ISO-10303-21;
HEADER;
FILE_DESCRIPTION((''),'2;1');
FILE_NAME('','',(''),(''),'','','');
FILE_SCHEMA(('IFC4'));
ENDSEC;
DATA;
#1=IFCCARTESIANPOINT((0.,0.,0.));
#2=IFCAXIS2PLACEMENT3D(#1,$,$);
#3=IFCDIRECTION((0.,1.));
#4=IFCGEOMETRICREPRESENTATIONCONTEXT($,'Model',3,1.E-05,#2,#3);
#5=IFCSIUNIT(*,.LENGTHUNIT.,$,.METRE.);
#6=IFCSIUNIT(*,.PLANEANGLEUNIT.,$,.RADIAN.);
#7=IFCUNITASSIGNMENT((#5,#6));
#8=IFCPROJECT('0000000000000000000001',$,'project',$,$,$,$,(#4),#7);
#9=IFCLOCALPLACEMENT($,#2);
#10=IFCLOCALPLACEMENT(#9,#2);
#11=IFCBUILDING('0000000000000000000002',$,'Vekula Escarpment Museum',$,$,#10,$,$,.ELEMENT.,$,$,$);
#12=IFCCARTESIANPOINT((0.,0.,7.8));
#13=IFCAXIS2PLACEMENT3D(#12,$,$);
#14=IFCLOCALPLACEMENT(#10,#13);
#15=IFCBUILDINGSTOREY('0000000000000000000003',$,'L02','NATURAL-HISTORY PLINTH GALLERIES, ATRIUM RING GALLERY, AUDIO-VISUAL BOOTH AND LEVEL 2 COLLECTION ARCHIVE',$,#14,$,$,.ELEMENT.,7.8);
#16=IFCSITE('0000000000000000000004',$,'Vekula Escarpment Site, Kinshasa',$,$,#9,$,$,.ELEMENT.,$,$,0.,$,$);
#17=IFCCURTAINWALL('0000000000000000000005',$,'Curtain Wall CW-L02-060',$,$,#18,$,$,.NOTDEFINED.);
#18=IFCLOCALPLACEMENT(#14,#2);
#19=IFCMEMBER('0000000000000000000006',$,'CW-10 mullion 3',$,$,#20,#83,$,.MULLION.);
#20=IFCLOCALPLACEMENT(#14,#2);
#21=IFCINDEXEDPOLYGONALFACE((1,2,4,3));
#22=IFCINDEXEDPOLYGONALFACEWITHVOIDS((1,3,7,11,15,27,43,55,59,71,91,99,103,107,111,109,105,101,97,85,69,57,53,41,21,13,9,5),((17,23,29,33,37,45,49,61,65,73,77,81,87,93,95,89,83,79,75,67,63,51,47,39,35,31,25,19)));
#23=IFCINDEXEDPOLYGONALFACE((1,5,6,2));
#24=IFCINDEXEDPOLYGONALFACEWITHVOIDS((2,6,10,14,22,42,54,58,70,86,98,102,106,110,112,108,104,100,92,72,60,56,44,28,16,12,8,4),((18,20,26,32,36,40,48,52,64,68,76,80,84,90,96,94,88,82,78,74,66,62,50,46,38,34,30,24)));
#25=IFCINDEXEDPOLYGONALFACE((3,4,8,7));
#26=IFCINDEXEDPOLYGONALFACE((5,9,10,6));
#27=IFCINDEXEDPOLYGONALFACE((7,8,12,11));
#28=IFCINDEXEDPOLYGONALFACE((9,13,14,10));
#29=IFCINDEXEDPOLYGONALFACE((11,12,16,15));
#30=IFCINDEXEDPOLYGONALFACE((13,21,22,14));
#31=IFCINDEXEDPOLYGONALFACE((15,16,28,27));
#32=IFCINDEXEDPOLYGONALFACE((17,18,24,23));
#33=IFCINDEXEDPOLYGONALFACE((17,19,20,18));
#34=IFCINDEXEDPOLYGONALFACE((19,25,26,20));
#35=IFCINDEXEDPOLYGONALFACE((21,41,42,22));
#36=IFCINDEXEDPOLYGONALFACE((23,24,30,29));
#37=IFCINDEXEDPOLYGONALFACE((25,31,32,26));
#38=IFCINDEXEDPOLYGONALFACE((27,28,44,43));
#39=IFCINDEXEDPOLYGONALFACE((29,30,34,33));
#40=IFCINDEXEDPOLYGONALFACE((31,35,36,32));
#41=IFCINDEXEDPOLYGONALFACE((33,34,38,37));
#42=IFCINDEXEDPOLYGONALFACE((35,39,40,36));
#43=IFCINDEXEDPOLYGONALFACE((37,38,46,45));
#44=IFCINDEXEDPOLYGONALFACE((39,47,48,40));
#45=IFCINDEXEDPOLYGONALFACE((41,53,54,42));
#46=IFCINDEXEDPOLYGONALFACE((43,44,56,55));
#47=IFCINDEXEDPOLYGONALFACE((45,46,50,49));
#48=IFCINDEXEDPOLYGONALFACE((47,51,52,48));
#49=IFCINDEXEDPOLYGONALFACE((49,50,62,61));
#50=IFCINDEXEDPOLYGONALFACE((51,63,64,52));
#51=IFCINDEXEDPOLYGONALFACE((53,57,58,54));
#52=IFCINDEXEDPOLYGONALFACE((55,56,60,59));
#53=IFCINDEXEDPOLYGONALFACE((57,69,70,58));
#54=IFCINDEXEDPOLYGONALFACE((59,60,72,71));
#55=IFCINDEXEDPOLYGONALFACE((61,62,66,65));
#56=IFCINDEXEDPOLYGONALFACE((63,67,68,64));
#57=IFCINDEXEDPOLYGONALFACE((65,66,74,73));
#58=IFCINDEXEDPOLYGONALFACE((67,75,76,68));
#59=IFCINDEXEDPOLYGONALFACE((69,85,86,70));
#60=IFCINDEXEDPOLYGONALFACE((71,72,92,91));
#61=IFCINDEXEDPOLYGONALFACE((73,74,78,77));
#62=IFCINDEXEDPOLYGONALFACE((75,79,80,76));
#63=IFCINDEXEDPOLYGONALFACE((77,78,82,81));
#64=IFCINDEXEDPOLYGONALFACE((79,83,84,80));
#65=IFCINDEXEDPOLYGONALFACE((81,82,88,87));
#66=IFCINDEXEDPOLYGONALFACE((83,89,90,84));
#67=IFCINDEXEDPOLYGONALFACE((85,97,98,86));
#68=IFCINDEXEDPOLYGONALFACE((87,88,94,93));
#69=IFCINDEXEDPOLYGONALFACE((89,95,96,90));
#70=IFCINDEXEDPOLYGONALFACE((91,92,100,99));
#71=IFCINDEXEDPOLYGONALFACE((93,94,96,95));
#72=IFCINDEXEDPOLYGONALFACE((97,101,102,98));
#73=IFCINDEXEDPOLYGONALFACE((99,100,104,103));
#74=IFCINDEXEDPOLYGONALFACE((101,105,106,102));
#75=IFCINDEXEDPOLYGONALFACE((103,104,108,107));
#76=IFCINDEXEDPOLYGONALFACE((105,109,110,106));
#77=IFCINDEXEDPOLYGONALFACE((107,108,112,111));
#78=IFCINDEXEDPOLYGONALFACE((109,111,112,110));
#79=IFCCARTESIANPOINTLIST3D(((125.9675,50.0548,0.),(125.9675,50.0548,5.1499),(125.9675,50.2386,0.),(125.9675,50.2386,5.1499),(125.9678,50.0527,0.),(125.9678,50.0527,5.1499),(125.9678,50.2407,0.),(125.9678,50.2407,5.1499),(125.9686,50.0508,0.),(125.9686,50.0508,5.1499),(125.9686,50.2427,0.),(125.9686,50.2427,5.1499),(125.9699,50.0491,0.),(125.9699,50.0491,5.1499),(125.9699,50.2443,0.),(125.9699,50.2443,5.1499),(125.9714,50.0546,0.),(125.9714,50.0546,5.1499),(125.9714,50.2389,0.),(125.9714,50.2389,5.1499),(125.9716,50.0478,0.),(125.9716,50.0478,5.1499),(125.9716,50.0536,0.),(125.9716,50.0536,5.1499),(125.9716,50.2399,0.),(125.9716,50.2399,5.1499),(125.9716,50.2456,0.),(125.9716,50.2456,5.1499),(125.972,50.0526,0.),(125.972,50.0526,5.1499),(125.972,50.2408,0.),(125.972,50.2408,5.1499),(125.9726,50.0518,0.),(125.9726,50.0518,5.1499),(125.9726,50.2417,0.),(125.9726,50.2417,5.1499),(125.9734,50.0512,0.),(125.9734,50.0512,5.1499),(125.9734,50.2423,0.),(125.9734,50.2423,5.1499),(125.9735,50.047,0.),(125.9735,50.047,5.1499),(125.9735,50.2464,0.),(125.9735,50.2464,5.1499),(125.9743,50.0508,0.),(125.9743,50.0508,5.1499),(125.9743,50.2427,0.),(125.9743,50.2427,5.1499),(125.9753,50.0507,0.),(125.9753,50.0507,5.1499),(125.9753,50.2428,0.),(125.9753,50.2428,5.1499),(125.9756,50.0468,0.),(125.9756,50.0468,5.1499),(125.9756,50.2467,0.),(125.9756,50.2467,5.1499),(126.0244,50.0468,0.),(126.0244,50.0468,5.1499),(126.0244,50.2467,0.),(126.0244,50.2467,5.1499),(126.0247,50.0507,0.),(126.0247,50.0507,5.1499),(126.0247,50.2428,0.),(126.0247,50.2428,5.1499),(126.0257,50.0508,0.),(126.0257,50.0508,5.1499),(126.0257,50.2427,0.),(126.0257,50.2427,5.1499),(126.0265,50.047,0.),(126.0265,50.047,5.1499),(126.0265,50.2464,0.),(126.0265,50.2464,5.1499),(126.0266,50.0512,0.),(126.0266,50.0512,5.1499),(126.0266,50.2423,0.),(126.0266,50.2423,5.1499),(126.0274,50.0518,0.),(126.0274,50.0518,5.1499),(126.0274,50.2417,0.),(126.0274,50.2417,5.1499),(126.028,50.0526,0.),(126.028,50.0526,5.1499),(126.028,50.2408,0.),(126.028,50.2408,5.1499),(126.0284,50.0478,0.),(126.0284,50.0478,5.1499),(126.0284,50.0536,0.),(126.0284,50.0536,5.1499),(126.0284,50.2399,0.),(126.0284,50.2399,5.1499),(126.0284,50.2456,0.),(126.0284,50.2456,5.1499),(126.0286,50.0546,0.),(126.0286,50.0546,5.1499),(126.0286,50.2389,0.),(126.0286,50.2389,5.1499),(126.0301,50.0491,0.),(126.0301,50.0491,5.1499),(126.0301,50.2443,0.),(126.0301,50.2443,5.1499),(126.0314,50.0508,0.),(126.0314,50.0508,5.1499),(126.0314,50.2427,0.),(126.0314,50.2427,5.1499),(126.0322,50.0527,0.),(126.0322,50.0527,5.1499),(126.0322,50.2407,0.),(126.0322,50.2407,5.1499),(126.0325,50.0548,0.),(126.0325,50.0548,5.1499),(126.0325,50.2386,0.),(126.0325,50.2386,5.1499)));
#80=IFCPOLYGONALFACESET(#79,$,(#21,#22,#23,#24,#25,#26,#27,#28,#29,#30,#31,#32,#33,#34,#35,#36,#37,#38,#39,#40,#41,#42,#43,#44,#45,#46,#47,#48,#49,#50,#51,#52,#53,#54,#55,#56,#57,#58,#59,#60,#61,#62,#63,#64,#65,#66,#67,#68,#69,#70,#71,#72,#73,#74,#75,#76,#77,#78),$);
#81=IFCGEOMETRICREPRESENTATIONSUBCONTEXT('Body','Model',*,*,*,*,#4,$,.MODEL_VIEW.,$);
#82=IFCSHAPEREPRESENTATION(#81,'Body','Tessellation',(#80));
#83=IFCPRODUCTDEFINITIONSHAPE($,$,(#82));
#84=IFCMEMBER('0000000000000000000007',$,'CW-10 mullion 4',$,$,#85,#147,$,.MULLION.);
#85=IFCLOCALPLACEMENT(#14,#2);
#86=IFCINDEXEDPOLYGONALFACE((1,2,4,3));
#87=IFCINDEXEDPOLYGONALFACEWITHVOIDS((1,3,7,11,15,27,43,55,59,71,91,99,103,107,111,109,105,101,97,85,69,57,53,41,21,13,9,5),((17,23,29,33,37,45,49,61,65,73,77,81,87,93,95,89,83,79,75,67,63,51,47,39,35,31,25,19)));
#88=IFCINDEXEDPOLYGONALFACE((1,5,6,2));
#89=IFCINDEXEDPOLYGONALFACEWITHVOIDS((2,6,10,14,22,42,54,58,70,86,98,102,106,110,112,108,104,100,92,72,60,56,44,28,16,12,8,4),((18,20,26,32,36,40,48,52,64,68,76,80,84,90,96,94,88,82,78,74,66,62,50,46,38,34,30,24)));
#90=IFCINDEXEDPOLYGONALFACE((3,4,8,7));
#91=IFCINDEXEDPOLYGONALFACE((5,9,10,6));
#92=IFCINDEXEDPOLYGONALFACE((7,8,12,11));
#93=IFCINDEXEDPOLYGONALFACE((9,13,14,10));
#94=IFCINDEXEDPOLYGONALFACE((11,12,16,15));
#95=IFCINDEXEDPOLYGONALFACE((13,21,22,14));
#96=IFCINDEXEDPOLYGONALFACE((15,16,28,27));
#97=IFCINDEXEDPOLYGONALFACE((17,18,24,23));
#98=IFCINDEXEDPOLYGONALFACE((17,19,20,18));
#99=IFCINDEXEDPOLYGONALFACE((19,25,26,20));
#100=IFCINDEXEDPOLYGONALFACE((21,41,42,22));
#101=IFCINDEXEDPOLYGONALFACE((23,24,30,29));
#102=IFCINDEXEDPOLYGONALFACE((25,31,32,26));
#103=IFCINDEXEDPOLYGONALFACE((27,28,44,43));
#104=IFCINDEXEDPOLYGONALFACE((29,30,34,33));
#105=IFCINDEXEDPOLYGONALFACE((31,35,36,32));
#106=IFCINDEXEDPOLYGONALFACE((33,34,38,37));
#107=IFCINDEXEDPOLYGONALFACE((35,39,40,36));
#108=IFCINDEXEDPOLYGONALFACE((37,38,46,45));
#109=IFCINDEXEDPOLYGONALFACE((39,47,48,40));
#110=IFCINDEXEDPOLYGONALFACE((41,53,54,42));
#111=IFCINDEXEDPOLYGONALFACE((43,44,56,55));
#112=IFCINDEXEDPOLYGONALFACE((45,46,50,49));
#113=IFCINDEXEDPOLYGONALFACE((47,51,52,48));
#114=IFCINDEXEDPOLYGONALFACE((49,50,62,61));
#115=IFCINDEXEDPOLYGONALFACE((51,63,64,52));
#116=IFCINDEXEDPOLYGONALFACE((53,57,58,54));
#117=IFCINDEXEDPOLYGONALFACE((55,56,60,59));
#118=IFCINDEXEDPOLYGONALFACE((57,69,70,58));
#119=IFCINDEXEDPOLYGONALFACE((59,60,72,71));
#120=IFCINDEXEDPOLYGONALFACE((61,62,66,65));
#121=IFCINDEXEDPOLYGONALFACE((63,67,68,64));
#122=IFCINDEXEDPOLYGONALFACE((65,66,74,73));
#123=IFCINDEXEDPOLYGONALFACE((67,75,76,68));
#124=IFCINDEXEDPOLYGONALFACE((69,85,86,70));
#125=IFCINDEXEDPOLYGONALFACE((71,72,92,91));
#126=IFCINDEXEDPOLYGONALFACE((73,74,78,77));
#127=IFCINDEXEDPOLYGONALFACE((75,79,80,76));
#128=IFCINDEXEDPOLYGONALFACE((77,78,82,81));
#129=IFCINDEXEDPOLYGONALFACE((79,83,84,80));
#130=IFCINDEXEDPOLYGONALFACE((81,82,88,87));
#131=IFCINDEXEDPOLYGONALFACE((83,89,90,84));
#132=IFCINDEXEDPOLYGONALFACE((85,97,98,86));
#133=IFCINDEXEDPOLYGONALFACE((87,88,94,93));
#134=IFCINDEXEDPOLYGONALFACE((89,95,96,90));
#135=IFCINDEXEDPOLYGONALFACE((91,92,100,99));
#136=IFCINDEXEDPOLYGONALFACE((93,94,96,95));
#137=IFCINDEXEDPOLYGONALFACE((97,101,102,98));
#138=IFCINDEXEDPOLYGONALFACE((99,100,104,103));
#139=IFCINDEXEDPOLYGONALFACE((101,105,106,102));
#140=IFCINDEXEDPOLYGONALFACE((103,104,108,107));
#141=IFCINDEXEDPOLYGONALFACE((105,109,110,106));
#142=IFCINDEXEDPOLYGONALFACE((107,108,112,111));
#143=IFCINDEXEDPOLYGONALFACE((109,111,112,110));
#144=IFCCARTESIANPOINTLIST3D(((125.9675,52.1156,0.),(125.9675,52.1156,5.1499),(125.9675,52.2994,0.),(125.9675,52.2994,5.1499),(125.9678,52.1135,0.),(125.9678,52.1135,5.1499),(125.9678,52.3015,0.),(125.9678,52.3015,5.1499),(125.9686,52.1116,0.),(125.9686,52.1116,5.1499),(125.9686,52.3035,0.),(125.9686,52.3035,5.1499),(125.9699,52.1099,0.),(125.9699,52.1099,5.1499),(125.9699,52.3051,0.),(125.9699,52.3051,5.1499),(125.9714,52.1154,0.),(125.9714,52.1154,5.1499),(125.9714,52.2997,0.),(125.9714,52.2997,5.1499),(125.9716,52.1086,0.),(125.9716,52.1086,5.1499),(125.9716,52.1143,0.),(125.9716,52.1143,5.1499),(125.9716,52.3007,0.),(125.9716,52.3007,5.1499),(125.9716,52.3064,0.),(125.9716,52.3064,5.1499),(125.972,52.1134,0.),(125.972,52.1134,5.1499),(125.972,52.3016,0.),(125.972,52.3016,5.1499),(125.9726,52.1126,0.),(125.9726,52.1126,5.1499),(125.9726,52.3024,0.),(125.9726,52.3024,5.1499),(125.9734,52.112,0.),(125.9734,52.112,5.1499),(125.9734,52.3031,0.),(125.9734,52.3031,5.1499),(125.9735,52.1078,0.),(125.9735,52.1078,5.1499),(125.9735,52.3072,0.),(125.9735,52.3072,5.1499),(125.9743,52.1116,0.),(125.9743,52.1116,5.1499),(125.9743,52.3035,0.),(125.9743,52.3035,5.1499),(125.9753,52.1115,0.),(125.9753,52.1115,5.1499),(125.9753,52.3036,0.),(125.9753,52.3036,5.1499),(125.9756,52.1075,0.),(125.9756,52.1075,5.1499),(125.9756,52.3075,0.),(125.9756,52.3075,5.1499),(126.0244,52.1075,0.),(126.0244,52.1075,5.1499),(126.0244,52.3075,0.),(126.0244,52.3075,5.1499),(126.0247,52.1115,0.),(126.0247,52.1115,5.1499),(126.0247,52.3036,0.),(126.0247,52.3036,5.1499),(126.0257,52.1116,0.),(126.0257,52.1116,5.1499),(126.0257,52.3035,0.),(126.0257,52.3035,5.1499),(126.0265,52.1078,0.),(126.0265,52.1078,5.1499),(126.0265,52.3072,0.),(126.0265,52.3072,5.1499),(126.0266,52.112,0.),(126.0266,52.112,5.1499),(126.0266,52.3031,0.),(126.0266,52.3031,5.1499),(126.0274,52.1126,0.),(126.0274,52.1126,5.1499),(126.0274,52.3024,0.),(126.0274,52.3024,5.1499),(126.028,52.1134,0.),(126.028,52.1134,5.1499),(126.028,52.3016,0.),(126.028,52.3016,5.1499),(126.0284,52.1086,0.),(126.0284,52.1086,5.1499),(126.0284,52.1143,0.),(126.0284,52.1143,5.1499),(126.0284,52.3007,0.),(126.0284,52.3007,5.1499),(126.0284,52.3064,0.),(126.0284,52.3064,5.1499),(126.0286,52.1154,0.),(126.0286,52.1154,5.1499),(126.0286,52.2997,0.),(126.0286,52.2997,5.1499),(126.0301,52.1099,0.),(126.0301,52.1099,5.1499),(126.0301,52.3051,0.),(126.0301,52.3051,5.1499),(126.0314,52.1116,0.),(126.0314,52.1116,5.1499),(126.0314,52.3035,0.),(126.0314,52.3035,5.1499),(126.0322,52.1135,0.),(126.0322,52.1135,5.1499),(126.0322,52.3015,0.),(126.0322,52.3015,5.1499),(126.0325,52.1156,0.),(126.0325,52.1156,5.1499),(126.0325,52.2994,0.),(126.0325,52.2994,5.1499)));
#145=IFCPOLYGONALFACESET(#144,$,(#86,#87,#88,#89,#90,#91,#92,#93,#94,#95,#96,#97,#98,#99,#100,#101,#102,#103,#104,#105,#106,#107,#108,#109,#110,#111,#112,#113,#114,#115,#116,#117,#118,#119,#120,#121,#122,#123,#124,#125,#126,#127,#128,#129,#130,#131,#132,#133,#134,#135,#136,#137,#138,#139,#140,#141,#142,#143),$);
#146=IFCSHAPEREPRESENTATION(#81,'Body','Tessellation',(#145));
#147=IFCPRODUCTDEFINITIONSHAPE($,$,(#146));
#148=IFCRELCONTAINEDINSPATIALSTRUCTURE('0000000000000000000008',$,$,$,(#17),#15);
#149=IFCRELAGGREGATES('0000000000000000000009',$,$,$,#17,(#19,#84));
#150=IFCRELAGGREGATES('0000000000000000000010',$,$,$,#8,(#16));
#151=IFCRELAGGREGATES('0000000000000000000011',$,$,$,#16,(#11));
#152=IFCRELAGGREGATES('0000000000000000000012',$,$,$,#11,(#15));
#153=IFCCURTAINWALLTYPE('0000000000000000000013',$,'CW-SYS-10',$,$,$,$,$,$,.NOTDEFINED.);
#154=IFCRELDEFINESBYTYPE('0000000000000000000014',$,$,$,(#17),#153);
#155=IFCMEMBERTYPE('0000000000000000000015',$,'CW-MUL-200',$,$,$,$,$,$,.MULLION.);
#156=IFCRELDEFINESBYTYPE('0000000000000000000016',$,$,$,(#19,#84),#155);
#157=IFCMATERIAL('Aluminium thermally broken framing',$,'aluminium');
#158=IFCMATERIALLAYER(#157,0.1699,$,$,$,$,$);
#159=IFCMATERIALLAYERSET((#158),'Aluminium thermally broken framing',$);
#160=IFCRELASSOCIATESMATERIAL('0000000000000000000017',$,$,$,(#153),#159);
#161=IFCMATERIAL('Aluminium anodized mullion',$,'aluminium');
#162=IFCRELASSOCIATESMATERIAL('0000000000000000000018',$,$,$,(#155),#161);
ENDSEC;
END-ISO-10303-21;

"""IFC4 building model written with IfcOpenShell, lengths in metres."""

from ifc_helpers import new_model, si_unit, direction, frame, origin, origin_2d, place, context, subcontext, project, spatial, hollow_rectangle, extrude, material, layer, layer_set, material_profile, profile_set, type_object, element, aggregate, save


model = new_model("IFC4")

# Units and contexts
model_context = context("Model", 3, precision=1e-05, world=origin(), true_north=direction((0.0, 1.0)))
body_context = subcontext(model_context, "Body", "Model", "MODEL_VIEW")
ifc_project = project(units=[si_unit("LENGTHUNIT", "METRE"), si_unit("PLANEANGLEUNIT", "RADIAN")], contexts=[model_context])

# Site, building, storey
site_placement = place(None, origin())
site = spatial("IfcSite", under=ifc_project, at=site_placement, Name="Vekula Escarpment Site, Kinshasa", CompositionType="ELEMENT", RefElevation=0.0)
building_placement = place(site_placement, origin())
building = spatial("IfcBuilding", under=site, at=building_placement, Name="Vekula Escarpment Museum", CompositionType="ELEMENT")
storey_placement = place(building_placement, frame((0.0, 0.0, 7.8)))
storey = spatial("IfcBuildingStorey", under=building, at=storey_placement, Name="L02", Description="NATURAL-HISTORY PLINTH GALLERIES, ATRIUM RING GALLERY, AUDIO-VISUAL BOOTH AND LEVEL 2 COLLECTION ARCHIVE", CompositionType="ELEMENT", Elevation=7.8)

# Curtain wall, members
ifc_material_1 = material(Name="Aluminium thermally broken framing", Category="aluminium")
ifc_layer_1 = layer(ifc_material_1, 0.1699)
ifc_layer_set_1 = layer_set([ifc_layer_1], Name="Aluminium thermally broken framing")
curtain_wall_type_1 = type_object("IfcCurtainWallType", Name="CW-SYS-10", PredefinedType="NOTDEFINED", material=ifc_layer_set_1)
curtain_wall_1_placement = place(storey_placement, origin())
curtain_wall_1 = element("IfcCurtainWall", 1, at=curtain_wall_1_placement, inside=storey, type_object=curtain_wall_type_1, Name="Curtain Wall CW-L02-060", PredefinedType="NOTDEFINED")
ifc_material_2 = material(Name="Aluminium anodized mullion", Category="aluminium")
ifc_material_profile_1 = material_profile(ifc_material_2, hollow_rectangle(XDim=0.0649, YDim=0.2, WallThickness=0.0039, InnerFilletRadius=0.0039, OuterFilletRadius=0.0081, at=origin_2d()), Name="ALU 200x65x4")
ifc_profile_set_1 = profile_set([ifc_material_profile_1], Name="Aluminium anodized mullion")
member_type_1 = type_object("IfcMemberType", Name="CW-MUL-200", PredefinedType="MULLION", material=ifc_profile_set_1)
member_1_placement = place(storey_placement, frame((126.0, 50.1467, 0.0), z_axis=(0.0, 0.0, 1.0), x_axis=(-1.0, 0.0, 0.0)))
member_1 = element("IfcMember", 2, at=member_1_placement, type_object=member_type_1, Name="CW-10 mullion 3", PredefinedType="MULLION", context=body_context, shape_type="SweptSolid", body=[
    extrude(hollow_rectangle(XDim=0.0649, YDim=0.2, WallThickness=0.0039, InnerFilletRadius=0.0039, OuterFilletRadius=0.0081, at=origin_2d()), origin(), (0.0, 0.0, 1.0), 5.1499),
])
member_2_placement = place(storey_placement, frame((126.0, 52.2075, 0.0), z_axis=(0.0, 0.0, 1.0), x_axis=(-1.0, 0.0, 0.0)))
member_2 = element("IfcMember", 3, at=member_2_placement, type_object=member_type_1, Name="CW-10 mullion 4", PredefinedType="MULLION", context=body_context, shape_type="SweptSolid", body=[
    extrude(hollow_rectangle(XDim=0.0649, YDim=0.2, WallThickness=0.0039, InnerFilletRadius=0.0039, OuterFilletRadius=0.0081, at=origin_2d()), origin(), (0.0, 0.0, 1.0), 5.1499),
])

aggregate(curtain_wall_1, [member_1, member_2])

save(model, "model.ifc")
